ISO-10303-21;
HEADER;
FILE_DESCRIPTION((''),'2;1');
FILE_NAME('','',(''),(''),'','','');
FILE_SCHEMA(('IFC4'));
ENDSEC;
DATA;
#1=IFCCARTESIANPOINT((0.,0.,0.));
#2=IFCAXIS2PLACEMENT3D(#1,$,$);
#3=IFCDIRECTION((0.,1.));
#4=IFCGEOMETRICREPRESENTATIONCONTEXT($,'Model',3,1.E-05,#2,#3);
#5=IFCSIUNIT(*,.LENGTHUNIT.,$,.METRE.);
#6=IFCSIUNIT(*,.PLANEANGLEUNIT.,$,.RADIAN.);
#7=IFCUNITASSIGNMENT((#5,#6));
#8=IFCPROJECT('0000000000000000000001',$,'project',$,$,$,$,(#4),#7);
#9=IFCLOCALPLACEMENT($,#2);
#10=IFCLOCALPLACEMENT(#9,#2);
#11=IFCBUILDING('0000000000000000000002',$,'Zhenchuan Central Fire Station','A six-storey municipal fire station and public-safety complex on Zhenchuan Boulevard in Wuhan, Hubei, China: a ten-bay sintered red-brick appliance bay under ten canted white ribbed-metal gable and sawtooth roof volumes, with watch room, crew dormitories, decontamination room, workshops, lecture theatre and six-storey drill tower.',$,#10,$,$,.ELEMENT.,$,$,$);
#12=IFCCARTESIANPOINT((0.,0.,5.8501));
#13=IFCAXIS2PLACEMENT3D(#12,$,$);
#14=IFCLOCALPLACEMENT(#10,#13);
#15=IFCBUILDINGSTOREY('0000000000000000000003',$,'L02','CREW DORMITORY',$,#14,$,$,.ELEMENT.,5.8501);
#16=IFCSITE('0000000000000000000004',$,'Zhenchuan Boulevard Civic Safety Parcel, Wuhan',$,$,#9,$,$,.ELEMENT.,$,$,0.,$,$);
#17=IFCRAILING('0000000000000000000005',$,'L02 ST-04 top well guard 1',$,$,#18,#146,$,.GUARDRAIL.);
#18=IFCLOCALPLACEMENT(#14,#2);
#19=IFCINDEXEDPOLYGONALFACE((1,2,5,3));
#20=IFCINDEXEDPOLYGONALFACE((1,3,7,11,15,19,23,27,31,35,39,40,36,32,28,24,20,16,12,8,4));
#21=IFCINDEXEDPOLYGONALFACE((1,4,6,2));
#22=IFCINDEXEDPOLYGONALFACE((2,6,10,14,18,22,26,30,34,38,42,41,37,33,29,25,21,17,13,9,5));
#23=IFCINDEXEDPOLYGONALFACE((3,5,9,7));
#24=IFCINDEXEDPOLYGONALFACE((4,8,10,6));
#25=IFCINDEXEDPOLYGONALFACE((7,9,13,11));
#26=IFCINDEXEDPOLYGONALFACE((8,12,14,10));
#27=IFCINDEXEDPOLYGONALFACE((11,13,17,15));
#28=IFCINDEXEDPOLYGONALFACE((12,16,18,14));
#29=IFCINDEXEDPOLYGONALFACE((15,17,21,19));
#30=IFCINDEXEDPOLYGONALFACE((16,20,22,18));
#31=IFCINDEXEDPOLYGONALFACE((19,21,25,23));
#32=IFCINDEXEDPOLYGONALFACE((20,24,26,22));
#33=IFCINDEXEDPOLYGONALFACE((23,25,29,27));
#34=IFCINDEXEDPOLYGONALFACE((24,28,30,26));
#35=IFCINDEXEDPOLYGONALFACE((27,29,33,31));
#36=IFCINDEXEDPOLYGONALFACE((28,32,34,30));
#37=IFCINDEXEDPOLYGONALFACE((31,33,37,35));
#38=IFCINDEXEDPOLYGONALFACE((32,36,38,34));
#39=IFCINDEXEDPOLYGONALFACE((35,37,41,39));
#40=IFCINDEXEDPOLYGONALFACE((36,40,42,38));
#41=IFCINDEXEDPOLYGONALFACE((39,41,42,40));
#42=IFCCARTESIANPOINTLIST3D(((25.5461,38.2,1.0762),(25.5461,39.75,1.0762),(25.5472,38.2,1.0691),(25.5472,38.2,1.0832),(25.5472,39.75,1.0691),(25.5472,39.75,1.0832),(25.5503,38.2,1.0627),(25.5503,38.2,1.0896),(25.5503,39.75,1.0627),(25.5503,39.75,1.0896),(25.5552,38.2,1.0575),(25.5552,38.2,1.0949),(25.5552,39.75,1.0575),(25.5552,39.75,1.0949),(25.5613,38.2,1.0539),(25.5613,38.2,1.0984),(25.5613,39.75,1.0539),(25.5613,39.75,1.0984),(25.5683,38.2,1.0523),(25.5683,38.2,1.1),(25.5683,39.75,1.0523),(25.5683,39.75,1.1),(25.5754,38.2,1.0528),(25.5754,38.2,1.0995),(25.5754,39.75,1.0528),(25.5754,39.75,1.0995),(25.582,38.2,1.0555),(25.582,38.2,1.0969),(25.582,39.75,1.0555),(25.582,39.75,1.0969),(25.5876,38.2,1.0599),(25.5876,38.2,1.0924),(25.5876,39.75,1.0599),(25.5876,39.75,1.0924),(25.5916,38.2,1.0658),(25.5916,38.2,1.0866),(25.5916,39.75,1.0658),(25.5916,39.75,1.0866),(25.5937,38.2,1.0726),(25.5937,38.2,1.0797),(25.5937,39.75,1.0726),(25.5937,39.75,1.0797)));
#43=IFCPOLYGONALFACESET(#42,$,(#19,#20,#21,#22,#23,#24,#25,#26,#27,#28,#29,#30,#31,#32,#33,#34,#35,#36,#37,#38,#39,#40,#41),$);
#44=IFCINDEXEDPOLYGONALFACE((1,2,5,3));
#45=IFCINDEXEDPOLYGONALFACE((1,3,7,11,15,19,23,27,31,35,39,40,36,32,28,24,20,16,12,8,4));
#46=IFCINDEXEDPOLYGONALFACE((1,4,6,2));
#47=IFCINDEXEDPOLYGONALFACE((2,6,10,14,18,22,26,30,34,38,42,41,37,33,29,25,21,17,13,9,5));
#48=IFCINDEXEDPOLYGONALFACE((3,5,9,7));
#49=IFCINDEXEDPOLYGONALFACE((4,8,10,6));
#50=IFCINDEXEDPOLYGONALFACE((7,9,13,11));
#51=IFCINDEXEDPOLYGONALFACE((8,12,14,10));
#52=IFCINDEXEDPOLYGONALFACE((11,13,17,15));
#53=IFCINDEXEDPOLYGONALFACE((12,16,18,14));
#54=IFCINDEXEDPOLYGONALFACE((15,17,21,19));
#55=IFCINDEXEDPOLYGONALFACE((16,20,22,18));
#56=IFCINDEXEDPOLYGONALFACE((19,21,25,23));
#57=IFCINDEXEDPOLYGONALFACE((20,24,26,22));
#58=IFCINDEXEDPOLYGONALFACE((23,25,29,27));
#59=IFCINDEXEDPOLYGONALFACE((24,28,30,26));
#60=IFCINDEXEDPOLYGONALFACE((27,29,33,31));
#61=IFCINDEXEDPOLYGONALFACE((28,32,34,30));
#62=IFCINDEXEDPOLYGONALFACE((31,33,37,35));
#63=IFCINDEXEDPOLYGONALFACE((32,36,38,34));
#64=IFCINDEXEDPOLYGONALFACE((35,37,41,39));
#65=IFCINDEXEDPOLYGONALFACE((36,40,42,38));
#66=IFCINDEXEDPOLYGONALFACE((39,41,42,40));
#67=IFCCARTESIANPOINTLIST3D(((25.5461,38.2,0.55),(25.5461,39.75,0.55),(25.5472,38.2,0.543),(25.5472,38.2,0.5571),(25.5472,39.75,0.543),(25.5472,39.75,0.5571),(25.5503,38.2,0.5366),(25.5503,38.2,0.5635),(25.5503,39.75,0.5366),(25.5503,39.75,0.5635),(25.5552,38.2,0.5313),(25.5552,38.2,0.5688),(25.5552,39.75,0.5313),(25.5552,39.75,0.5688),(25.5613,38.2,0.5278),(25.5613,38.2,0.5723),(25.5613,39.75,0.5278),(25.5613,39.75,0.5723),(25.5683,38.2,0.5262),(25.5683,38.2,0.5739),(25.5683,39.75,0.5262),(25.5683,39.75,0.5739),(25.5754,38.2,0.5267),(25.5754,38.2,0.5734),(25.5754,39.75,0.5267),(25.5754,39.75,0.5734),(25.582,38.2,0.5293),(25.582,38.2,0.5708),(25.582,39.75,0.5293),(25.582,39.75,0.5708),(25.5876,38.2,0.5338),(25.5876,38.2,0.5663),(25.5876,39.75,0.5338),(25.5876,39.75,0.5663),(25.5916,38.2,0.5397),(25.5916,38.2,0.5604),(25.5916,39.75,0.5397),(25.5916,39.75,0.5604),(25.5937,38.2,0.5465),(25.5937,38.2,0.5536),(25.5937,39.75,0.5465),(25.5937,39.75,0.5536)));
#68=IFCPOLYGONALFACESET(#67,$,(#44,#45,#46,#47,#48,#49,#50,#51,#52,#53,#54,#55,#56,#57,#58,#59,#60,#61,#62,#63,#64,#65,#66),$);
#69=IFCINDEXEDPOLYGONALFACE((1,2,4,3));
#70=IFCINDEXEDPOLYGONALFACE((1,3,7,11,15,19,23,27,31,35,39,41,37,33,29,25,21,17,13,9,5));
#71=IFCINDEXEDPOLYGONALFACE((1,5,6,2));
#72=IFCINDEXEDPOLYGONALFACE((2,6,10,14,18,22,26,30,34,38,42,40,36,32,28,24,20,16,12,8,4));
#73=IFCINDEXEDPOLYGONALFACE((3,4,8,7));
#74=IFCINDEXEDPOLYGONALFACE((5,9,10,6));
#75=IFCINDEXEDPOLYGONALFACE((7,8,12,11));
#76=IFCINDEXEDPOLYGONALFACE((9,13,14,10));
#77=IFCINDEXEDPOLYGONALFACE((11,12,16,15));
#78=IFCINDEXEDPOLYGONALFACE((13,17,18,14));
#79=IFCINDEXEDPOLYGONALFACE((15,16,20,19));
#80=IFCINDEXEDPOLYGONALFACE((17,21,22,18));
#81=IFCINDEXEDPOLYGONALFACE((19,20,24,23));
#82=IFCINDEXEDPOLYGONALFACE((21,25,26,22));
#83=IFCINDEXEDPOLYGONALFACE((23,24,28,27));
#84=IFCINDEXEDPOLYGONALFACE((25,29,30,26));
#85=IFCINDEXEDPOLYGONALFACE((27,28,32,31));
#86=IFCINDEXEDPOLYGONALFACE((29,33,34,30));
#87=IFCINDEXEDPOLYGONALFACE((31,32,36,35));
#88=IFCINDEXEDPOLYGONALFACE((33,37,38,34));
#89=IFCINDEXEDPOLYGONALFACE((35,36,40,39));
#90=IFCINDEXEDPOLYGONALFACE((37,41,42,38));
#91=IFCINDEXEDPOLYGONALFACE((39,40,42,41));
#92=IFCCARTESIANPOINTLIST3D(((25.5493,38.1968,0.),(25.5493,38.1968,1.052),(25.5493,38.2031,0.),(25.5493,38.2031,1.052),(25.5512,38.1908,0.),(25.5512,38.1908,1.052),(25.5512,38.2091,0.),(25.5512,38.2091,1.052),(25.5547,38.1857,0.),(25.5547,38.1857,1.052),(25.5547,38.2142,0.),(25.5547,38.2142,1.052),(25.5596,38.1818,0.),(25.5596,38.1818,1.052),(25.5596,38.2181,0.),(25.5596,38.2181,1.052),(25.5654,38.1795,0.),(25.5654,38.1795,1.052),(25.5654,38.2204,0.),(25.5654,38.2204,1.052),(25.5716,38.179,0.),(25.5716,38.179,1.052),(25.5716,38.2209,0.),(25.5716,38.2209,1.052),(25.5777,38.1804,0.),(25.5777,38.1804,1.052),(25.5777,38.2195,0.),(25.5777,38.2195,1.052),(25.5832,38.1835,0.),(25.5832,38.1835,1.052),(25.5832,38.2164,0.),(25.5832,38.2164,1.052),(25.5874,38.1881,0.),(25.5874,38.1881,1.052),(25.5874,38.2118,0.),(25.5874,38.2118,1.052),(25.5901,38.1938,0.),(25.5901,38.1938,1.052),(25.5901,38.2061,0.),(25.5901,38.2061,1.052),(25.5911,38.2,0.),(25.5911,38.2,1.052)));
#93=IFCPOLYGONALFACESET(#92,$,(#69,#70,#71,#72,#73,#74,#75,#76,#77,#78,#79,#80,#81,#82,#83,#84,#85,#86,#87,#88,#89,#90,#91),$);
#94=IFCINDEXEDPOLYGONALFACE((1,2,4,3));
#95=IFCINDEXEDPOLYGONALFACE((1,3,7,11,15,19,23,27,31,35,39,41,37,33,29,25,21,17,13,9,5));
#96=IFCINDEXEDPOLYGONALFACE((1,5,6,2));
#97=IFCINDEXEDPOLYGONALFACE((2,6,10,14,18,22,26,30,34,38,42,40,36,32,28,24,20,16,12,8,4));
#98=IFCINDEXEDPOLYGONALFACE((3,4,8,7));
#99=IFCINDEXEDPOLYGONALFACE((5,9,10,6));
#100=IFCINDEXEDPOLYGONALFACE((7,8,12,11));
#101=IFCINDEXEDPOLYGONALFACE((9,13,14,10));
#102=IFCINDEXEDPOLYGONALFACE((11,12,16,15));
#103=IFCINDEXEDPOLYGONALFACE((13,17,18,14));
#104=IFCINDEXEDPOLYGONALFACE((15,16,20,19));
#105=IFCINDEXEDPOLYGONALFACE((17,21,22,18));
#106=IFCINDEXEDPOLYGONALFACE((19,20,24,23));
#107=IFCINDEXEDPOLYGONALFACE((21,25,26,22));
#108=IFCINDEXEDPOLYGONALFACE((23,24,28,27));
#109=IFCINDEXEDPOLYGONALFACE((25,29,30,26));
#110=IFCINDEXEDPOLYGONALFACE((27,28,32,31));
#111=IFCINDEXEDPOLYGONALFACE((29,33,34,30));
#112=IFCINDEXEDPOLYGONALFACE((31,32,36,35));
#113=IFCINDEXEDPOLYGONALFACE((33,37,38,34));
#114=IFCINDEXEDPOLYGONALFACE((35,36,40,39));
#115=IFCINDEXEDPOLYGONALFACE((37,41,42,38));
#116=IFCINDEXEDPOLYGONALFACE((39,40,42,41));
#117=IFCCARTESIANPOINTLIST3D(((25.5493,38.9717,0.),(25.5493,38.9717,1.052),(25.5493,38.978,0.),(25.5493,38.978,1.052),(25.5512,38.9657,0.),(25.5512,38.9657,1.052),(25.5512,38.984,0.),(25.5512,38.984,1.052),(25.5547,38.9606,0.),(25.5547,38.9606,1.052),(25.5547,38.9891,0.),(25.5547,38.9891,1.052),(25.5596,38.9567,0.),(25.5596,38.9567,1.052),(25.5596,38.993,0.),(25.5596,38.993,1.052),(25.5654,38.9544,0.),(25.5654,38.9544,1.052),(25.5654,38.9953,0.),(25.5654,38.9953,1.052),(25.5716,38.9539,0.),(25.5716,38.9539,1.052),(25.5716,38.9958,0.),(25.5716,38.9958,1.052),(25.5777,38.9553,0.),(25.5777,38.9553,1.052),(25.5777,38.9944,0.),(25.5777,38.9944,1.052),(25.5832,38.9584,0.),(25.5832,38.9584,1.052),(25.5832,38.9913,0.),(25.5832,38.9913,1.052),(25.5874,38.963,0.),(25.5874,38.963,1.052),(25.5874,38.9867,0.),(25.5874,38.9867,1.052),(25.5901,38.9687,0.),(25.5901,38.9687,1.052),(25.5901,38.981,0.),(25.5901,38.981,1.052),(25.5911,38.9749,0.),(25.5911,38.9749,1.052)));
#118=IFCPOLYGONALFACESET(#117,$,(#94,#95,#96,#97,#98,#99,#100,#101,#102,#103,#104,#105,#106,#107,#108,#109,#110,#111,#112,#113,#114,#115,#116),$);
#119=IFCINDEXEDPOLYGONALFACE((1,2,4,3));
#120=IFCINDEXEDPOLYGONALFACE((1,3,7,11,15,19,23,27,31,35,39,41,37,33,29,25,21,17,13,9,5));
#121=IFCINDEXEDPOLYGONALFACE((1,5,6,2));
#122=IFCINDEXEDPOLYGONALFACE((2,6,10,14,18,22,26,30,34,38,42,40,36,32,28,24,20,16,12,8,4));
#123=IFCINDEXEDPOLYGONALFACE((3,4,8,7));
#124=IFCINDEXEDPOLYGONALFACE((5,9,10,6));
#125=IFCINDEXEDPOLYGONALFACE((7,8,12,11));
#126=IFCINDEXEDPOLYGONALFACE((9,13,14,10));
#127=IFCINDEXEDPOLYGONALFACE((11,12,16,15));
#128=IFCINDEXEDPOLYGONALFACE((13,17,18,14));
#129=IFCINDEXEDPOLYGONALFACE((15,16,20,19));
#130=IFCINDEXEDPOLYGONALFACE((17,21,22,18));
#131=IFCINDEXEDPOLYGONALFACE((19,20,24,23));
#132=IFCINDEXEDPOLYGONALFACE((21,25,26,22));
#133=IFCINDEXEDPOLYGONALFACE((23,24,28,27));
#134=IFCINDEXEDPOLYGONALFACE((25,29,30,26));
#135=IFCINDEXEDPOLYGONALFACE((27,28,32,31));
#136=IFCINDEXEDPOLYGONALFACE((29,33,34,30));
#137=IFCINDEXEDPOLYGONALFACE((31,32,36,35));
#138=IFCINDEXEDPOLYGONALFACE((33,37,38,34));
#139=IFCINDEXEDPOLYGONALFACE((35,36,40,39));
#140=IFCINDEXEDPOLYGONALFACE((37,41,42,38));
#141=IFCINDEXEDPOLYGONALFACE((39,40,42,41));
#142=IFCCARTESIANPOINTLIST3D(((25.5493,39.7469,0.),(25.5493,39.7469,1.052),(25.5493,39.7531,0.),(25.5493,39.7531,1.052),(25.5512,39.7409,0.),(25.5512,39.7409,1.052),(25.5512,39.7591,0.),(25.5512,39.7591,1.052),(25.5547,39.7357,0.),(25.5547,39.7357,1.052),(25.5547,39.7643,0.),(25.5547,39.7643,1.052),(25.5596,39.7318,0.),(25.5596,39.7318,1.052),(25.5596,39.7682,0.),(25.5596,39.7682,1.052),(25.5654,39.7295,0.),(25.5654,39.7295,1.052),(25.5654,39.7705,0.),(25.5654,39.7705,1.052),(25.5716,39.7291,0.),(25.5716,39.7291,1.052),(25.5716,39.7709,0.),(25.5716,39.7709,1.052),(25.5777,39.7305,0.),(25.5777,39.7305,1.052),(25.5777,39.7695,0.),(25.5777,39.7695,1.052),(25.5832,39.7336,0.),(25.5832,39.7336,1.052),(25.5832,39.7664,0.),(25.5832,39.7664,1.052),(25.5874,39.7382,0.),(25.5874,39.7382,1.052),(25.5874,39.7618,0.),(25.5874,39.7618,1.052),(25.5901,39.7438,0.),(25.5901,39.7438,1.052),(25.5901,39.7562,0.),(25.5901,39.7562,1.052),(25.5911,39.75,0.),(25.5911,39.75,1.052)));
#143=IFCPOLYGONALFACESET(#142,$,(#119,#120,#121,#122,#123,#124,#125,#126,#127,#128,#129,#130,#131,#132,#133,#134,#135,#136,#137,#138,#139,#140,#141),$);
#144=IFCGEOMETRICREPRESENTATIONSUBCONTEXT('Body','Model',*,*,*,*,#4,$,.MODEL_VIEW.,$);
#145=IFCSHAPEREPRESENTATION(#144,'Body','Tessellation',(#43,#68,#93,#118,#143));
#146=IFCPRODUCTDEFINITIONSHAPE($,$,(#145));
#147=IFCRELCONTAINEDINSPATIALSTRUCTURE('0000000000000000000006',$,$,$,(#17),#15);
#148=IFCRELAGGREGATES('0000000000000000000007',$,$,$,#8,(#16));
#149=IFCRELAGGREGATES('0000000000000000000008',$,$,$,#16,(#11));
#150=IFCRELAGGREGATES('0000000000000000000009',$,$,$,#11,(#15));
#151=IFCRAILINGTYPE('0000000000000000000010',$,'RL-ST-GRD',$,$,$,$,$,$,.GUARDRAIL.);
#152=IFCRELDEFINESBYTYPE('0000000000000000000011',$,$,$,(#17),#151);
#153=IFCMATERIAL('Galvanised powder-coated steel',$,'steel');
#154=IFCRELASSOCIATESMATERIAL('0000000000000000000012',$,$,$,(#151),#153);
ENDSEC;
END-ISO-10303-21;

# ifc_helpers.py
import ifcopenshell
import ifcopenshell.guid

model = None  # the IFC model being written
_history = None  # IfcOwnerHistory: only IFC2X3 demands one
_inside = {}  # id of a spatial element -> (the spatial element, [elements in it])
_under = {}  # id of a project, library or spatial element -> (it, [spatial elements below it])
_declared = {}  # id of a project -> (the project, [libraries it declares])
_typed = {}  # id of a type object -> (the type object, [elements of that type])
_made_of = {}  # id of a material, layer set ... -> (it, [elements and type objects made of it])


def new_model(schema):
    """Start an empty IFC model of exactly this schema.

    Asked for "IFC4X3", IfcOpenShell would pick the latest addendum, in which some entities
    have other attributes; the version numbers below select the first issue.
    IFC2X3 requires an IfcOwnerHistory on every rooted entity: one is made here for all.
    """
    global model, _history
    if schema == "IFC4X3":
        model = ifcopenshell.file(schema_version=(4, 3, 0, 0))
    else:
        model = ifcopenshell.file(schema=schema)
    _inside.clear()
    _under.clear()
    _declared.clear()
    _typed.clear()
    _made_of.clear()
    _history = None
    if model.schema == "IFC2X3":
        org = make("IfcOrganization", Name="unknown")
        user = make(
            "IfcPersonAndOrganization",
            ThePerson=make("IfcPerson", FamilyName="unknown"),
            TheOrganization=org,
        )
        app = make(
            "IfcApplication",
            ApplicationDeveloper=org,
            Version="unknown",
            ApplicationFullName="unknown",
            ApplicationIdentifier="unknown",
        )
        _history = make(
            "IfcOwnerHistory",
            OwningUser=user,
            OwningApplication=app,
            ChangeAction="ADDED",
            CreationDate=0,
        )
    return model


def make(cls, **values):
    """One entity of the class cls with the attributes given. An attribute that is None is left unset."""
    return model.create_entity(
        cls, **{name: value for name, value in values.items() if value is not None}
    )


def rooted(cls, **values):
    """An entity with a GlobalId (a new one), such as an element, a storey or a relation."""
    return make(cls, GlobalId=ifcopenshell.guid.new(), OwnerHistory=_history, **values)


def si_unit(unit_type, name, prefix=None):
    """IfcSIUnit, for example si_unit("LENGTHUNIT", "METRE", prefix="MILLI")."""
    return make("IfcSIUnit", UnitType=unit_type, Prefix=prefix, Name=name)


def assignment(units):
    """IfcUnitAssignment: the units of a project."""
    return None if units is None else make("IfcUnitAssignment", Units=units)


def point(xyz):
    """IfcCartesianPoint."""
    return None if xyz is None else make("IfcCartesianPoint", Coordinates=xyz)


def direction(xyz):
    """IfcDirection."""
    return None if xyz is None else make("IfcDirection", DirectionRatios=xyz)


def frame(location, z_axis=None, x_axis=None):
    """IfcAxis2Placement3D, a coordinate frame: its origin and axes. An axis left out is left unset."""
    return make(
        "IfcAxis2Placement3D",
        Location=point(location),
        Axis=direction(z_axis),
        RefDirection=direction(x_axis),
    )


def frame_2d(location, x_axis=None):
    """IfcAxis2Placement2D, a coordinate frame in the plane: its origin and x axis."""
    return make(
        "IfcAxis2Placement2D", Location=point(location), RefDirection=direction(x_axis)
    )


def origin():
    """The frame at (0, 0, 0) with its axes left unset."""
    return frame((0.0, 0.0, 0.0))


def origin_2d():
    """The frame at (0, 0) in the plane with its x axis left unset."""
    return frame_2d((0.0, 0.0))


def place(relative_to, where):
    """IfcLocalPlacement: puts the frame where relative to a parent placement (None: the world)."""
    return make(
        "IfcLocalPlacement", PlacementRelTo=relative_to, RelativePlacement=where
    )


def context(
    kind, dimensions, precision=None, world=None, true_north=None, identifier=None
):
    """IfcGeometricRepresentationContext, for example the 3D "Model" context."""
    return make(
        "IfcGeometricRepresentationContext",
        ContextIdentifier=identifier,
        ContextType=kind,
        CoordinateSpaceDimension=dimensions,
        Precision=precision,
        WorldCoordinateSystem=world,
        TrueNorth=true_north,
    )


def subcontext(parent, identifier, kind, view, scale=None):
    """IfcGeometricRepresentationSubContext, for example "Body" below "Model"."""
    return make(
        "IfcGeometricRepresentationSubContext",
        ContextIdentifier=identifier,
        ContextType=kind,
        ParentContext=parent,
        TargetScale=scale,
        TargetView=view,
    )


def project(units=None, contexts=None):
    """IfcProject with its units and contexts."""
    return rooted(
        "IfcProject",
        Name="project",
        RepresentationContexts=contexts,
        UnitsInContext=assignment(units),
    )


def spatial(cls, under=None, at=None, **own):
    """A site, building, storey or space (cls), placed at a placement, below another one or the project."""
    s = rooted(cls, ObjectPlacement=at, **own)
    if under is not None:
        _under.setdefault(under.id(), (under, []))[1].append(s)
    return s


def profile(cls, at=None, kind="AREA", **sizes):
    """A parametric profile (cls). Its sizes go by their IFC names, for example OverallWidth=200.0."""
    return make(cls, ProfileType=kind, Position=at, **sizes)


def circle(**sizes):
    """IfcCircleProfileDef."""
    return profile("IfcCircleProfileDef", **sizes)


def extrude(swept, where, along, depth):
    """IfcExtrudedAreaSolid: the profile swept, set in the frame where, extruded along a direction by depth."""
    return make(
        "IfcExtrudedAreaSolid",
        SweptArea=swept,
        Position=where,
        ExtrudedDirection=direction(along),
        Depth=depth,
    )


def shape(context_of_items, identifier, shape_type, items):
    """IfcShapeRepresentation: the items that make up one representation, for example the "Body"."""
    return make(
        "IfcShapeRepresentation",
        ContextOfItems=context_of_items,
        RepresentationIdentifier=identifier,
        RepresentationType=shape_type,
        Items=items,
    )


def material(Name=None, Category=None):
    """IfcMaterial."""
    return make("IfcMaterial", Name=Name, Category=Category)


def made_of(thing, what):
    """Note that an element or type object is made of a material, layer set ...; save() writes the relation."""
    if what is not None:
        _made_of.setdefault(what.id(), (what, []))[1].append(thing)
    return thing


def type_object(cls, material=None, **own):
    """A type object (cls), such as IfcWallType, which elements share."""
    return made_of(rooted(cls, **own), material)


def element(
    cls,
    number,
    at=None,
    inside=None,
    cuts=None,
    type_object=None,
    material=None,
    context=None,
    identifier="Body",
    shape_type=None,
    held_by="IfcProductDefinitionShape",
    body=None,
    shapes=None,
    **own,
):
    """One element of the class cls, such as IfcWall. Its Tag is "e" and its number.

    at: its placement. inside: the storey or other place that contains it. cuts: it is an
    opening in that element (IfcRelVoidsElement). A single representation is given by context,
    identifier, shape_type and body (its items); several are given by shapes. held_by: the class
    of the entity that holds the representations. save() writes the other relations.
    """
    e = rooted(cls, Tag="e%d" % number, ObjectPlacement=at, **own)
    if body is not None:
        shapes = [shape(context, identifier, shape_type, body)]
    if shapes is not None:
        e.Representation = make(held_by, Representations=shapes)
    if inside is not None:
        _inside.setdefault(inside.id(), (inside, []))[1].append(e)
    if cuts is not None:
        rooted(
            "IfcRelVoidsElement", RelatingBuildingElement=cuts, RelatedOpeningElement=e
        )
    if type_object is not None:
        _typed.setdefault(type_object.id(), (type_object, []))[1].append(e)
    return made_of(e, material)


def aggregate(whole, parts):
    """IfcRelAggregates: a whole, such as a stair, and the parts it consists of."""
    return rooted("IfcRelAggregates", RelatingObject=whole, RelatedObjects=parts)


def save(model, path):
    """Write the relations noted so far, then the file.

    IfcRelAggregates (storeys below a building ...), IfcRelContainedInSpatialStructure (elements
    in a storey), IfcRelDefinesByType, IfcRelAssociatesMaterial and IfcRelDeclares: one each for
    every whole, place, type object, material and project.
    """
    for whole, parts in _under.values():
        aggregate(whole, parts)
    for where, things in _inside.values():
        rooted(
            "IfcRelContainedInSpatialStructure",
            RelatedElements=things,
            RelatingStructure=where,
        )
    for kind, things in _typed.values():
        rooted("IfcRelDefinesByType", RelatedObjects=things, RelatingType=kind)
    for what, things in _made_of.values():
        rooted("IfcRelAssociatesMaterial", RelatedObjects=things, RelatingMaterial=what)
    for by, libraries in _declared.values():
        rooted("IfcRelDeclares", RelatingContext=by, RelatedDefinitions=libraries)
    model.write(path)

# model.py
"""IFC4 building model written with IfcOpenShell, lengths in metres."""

from ifc_helpers import new_model, si_unit, direction, frame, origin, origin_2d, place, context, subcontext, project, spatial, circle, extrude, material, type_object, element, save


model = new_model("IFC4")

# Units and contexts
model_context = context("Model", 3, precision=1e-05, world=origin(), true_north=direction((0.0, 1.0)))
body_context = subcontext(model_context, "Body", "Model", "MODEL_VIEW")
ifc_project = project(units=[si_unit("LENGTHUNIT", "METRE"), si_unit("PLANEANGLEUNIT", "RADIAN")], contexts=[model_context])

# Site, building, storey
site_placement = place(None, origin())
site = spatial("IfcSite", under=ifc_project, at=site_placement, Name="Zhenchuan Boulevard Civic Safety Parcel, Wuhan", CompositionType="ELEMENT", RefElevation=0.0)
building_placement = place(site_placement, origin())
building = spatial("IfcBuilding", under=site, at=building_placement, Name="Zhenchuan Central Fire Station", Description="A six-storey municipal fire station and public-safety complex on Zhenchuan Boulevard in Wuhan, Hubei, China: a ten-bay sintered red-brick appliance bay under ten canted white ribbed-metal gable and sawtooth roof volumes, with watch room, crew dormitories, decontamination room, workshops, lecture theatre and six-storey drill tower.", CompositionType="ELEMENT")
storey_placement = place(building_placement, frame((0.0, 0.0, 5.8501)))
storey = spatial("IfcBuildingStorey", under=building, at=storey_placement, Name="L02", Description="CREW DORMITORY", CompositionType="ELEMENT", Elevation=5.8501)

# Railing
ifc_material_1 = material(Name="Galvanised powder-coated steel", Category="steel")
railing_type = type_object("IfcRailingType", Name="RL-ST-GRD", PredefinedType="GUARDRAIL", material=ifc_material_1)
railing_placement = place(storey_placement, frame((25.5701, 38.2, 0.0)))
element("IfcRailing", 1, at=railing_placement, inside=storey, type_object=railing_type, Name="L02 ST-04 top well guard 1", PredefinedType="GUARDRAIL", context=body_context, shape_type="SweptSolid", body=[
    extrude(circle(Radius=0.0239, at=origin_2d()), frame((0.0, 0.0, 1.0762), z_axis=(0.0, 1.0, 0.0), x_axis=(-1.0, 0.0, 0.0)), (0.0, 0.0, 1.0), 1.55),
    extrude(circle(Radius=0.0239, at=origin_2d()), frame((0.0, 0.0, 0.55), z_axis=(0.0, 1.0, 0.0), x_axis=(-1.0, 0.0, 0.0)), (0.0, 0.0, 1.0), 1.55),
    extrude(circle(Radius=0.021, at=origin_2d()), origin(), (0.0, 0.0, 1.0), 1.052),
    extrude(circle(Radius=0.021, at=origin_2d()), frame((0.0, 0.7749, 0.0)), (0.0, 0.0, 1.0), 1.052),
    extrude(circle(Radius=0.021, at=origin_2d()), frame((0.0, 1.55, 0.0)), (0.0, 0.0, 1.0), 1.052),
])

save(model, "model.ifc")
